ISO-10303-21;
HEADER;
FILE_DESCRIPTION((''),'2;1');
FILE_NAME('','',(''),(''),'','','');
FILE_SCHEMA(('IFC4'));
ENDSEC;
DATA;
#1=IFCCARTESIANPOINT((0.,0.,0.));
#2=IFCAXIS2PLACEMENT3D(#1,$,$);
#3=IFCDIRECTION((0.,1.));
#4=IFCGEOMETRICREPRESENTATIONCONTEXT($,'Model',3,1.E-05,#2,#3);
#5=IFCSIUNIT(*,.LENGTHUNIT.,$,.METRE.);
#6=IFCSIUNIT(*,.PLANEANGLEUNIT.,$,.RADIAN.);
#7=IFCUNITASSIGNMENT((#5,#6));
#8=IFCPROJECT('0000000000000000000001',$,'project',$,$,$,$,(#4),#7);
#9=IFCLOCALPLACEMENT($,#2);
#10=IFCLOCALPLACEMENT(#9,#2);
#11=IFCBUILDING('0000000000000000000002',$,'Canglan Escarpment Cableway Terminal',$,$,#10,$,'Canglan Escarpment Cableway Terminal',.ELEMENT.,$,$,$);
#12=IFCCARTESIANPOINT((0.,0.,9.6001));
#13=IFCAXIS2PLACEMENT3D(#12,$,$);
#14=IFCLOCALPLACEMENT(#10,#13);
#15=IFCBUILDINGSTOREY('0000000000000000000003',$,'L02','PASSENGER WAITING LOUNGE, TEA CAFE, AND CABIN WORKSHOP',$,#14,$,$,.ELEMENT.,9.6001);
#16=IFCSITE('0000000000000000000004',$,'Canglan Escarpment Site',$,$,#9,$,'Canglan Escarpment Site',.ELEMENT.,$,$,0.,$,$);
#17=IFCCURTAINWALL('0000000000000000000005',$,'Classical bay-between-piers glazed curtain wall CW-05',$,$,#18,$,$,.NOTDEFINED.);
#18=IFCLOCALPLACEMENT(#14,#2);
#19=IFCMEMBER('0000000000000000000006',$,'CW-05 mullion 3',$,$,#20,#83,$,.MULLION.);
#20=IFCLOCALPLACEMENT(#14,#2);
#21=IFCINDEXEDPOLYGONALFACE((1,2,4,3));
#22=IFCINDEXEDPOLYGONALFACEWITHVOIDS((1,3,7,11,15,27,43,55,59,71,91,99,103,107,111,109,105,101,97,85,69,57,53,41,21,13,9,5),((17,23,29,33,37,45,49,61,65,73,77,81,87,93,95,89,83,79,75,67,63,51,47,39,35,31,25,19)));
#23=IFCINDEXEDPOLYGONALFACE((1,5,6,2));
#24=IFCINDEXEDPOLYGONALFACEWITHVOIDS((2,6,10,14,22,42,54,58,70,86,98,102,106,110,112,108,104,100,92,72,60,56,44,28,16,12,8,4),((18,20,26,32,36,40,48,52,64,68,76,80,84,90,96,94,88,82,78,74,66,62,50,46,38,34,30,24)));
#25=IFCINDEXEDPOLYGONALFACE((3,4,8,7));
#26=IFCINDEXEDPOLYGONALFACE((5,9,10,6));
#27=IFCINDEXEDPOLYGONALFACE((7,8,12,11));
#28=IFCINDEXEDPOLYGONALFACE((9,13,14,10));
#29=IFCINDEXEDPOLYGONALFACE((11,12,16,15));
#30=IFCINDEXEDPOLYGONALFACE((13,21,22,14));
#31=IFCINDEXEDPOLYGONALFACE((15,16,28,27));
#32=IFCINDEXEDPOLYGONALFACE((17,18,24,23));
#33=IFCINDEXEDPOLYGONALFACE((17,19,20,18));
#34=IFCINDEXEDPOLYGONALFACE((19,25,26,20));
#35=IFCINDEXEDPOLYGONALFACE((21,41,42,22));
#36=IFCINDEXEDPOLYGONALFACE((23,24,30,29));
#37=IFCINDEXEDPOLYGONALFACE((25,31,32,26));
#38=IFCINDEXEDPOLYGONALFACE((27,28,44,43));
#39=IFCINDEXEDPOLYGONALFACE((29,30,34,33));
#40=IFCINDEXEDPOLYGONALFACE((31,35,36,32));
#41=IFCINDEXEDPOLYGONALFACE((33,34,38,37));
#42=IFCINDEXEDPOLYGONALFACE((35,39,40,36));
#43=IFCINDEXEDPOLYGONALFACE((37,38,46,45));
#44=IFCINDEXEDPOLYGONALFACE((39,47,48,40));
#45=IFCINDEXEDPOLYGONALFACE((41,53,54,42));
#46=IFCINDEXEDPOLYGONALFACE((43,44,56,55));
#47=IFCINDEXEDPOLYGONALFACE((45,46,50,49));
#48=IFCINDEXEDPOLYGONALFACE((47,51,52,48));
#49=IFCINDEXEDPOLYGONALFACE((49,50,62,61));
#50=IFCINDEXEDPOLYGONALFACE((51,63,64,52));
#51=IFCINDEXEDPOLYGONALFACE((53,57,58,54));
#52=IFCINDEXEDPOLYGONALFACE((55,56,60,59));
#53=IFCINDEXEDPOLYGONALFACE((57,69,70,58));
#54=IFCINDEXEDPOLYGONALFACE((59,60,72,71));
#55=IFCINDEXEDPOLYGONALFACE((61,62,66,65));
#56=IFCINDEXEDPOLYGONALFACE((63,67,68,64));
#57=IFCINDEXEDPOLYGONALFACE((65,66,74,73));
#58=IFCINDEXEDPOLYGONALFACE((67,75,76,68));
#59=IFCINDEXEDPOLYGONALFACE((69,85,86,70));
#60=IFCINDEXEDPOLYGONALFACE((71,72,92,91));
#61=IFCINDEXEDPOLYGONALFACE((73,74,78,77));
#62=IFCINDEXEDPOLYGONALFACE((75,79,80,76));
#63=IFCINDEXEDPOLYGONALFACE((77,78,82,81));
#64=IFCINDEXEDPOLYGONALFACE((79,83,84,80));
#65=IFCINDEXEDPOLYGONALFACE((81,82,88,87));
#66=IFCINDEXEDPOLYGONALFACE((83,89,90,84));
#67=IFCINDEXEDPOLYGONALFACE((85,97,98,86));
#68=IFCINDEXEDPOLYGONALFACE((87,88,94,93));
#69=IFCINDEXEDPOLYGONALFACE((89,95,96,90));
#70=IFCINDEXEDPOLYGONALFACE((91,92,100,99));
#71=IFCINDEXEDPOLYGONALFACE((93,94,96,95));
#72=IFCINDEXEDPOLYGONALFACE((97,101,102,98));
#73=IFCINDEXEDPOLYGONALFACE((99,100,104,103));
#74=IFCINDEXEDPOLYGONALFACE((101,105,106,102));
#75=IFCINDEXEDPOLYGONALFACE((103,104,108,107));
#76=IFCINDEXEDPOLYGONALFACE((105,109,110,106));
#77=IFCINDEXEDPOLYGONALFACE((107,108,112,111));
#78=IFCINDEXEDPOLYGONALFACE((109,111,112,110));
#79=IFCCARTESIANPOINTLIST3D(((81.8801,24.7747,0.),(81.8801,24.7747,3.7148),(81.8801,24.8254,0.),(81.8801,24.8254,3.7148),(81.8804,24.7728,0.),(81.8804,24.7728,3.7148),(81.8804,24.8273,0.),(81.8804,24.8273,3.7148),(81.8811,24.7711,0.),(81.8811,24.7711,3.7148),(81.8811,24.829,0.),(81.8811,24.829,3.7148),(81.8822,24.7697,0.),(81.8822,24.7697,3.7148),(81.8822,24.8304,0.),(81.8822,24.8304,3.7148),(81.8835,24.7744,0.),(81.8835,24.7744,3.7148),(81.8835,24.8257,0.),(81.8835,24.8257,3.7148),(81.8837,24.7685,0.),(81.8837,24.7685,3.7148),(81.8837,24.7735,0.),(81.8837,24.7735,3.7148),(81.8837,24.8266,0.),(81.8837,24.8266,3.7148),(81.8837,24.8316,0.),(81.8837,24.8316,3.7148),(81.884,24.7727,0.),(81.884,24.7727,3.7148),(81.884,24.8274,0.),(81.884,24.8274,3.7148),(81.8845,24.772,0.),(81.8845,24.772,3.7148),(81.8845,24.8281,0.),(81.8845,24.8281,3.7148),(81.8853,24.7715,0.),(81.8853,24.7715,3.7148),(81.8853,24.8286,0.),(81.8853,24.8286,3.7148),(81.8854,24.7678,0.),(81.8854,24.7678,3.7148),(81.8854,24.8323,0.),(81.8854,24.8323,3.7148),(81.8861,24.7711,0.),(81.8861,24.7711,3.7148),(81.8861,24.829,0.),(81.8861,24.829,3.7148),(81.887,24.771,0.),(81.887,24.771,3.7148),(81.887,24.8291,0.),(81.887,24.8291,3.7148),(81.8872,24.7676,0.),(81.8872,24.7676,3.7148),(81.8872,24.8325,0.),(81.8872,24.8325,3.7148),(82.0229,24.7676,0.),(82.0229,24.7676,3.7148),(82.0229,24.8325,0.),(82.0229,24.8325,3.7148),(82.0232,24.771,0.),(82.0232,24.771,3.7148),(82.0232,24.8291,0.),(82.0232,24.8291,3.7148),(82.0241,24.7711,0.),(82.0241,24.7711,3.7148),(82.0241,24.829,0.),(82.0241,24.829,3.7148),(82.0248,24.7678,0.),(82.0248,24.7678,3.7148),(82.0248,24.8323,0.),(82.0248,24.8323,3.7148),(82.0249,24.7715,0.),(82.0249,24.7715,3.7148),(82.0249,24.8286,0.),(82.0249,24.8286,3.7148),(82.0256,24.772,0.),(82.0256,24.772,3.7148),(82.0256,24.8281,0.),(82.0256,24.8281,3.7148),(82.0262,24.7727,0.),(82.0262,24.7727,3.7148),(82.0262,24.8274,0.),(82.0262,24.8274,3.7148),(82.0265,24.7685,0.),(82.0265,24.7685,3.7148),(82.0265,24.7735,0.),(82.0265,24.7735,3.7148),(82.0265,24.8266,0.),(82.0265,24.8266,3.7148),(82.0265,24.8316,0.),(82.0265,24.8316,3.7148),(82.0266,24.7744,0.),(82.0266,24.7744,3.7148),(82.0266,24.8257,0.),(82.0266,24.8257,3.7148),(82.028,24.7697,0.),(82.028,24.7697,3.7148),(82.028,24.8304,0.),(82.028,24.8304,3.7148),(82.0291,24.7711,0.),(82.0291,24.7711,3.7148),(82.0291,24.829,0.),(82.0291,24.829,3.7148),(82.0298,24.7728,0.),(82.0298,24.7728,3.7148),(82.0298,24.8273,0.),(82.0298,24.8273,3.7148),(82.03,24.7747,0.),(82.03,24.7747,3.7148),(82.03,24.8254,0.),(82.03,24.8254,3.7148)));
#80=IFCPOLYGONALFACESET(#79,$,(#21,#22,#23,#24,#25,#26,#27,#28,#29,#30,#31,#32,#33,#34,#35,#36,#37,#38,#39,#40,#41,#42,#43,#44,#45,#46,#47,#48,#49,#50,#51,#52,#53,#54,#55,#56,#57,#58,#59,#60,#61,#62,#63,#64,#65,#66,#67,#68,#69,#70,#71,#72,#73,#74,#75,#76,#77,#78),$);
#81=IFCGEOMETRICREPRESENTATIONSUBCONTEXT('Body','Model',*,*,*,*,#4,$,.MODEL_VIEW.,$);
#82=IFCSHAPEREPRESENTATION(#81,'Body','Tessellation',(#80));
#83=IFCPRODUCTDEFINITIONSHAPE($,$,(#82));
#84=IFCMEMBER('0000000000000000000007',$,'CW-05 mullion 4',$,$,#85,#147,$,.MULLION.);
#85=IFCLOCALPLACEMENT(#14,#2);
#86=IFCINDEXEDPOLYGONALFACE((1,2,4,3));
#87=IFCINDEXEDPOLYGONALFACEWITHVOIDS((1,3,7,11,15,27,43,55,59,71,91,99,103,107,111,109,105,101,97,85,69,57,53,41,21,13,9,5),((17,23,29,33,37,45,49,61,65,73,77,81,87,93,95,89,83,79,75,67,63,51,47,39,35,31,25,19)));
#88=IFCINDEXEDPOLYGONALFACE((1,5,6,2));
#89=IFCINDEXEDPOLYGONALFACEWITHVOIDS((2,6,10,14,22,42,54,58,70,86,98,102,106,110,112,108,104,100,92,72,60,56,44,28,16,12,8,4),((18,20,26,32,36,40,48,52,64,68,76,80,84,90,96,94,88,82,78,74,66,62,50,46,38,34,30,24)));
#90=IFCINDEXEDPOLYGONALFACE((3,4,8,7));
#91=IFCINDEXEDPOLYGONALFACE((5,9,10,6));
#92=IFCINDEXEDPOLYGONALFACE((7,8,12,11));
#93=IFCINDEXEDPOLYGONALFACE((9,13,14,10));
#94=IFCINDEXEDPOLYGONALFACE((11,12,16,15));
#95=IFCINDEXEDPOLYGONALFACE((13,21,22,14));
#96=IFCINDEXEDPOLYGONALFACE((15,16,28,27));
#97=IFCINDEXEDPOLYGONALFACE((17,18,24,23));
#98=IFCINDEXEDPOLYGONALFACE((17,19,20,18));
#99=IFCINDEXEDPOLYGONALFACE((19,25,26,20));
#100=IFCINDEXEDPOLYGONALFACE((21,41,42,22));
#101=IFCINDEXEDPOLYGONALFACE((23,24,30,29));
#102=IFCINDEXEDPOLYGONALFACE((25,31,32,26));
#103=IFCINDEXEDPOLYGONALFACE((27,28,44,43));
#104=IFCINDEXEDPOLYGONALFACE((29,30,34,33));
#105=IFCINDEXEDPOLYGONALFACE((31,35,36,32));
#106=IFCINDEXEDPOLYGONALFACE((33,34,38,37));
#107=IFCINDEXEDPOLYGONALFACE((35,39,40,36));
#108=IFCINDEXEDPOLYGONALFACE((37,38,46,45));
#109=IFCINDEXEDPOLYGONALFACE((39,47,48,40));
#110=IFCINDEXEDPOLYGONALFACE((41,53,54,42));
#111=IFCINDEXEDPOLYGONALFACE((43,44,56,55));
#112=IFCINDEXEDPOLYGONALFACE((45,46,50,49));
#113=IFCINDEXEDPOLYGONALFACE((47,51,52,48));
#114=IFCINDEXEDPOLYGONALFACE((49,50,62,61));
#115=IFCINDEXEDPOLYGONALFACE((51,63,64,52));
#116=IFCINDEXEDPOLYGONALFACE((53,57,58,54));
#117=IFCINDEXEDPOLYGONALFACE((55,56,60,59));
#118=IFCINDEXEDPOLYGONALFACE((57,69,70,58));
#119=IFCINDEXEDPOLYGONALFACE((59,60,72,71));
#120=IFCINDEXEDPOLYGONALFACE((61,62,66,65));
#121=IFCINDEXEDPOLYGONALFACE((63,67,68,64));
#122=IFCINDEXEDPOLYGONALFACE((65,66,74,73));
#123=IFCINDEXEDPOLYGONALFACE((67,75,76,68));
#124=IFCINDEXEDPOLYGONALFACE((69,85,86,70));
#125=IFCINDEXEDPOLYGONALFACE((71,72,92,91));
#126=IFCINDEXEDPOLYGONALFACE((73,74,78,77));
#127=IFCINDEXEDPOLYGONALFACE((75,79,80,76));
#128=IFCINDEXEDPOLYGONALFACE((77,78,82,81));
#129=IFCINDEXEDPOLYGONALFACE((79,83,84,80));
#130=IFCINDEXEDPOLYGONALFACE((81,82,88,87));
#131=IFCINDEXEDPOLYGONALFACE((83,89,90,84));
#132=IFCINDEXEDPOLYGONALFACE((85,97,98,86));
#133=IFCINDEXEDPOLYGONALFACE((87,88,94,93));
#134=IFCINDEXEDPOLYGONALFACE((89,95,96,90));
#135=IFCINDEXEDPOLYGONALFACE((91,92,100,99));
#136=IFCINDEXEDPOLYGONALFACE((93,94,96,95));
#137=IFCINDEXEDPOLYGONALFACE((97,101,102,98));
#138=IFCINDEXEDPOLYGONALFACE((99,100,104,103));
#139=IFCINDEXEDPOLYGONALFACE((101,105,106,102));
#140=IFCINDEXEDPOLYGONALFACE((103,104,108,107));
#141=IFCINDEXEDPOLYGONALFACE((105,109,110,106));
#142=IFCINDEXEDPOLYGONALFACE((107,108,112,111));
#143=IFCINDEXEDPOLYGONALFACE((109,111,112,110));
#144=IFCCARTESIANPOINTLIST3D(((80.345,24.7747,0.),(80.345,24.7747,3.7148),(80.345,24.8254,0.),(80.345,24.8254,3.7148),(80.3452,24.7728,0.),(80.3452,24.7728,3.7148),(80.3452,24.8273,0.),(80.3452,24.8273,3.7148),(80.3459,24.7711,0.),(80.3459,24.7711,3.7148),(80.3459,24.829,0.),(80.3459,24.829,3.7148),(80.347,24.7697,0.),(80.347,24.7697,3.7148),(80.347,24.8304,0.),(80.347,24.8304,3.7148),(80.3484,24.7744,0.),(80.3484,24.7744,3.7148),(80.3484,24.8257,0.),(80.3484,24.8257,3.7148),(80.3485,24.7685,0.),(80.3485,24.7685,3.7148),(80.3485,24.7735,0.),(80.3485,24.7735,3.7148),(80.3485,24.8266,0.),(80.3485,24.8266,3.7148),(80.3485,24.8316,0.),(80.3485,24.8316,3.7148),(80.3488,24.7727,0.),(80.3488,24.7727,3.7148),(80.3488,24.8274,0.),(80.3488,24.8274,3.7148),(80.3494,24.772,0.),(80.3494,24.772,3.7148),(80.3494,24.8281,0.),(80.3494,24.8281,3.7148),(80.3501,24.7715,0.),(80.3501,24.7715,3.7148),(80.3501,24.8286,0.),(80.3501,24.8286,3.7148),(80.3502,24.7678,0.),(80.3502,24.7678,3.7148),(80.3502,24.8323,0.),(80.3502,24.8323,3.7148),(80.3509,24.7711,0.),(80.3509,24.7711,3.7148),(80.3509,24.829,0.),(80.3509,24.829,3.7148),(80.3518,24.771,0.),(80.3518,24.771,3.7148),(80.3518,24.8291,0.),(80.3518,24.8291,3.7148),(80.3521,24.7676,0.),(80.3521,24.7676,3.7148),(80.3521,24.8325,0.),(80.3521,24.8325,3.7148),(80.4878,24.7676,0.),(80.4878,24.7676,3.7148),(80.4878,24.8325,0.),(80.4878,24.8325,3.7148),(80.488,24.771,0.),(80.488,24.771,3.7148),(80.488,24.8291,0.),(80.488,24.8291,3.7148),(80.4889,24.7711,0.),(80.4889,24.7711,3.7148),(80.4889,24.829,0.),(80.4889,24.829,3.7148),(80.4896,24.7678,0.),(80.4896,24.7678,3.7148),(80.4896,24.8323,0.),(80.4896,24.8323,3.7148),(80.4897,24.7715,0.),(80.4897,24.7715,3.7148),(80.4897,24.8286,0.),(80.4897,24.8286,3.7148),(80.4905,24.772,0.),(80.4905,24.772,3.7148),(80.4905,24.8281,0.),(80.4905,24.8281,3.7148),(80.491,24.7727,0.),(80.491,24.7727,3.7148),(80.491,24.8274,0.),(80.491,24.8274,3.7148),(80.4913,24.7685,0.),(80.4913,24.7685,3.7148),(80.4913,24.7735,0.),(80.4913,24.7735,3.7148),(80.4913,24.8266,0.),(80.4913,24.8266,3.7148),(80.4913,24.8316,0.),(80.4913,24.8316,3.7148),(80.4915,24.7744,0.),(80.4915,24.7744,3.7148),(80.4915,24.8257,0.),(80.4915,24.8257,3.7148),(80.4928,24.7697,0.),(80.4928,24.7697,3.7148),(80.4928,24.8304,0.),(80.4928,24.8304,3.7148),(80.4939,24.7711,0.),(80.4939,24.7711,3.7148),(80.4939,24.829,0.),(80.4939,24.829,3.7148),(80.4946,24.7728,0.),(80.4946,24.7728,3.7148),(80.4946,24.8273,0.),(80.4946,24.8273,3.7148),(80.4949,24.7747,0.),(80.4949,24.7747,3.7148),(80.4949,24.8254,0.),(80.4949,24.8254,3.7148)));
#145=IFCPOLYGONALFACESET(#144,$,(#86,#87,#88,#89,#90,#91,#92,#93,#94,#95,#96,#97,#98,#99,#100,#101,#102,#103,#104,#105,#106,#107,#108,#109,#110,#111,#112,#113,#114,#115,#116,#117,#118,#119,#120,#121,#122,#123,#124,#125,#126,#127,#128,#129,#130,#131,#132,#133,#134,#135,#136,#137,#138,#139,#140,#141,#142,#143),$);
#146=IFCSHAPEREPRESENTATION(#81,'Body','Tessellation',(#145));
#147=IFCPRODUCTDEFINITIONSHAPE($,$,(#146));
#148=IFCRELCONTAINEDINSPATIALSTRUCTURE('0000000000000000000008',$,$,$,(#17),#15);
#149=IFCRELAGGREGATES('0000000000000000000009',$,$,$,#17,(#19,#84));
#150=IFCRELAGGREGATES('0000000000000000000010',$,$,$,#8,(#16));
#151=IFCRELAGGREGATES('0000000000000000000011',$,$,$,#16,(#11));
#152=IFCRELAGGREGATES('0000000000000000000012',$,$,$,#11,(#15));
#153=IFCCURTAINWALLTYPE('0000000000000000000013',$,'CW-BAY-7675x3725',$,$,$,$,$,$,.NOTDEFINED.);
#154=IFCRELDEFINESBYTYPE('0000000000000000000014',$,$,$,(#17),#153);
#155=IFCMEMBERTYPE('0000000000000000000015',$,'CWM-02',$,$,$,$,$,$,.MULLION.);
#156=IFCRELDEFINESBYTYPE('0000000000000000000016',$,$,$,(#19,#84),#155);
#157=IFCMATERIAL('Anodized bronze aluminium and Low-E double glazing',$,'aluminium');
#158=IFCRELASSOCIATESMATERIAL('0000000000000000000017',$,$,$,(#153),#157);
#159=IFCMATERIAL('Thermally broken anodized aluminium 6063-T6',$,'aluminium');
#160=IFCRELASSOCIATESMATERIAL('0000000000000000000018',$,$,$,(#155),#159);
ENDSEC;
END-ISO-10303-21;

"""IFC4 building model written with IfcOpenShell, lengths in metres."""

from ifc_helpers import new_model, si_unit, direction, frame, origin, origin_2d, place, context, subcontext, project, spatial, hollow_rectangle, extrude, material, material_profile, profile_set, type_object, element, aggregate, save


model = new_model("IFC4")

# Units and contexts
model_context = context("Model", 3, precision=1e-05, world=origin(), true_north=direction((0.0, 1.0)))
body_context = subcontext(model_context, "Body", "Model", "MODEL_VIEW")
ifc_project = project(units=[si_unit("LENGTHUNIT", "METRE"), si_unit("PLANEANGLEUNIT", "RADIAN")], contexts=[model_context])

# Site, building, storey
site_placement = place(None, origin())
site = spatial("IfcSite", under=ifc_project, at=site_placement, Name="Canglan Escarpment Site", LongName="Canglan Escarpment Site", CompositionType="ELEMENT", RefElevation=0.0)
building_placement = place(site_placement, origin())
building = spatial("IfcBuilding", under=site, at=building_placement, Name="Canglan Escarpment Cableway Terminal", LongName="Canglan Escarpment Cableway Terminal", CompositionType="ELEMENT")
storey_placement = place(building_placement, frame((0.0, 0.0, 9.6001)))
storey = spatial("IfcBuildingStorey", under=building, at=storey_placement, Name="L02", Description="PASSENGER WAITING LOUNGE, TEA CAFE, AND CABIN WORKSHOP", CompositionType="ELEMENT", Elevation=9.6001)

# Curtain wall, members
ifc_material_1 = material(Name="Anodized bronze aluminium and Low-E double glazing", Category="aluminium")
curtain_wall_type = type_object("IfcCurtainWallType", Name="CW-BAY-7675x3725", PredefinedType="NOTDEFINED", material=ifc_material_1)
curtain_wall_placement = place(storey_placement, origin())
curtain_wall = element("IfcCurtainWall", 1, at=curtain_wall_placement, inside=storey, type_object=curtain_wall_type, Name="Classical bay-between-piers glazed curtain wall CW-05", PredefinedType="NOTDEFINED")
ifc_material_2 = material(Name="Thermally broken anodized aluminium 6063-T6", Category="aluminium")
ifc_material_profile_1 = material_profile(ifc_material_2, hollow_rectangle(XDim=0.0649, YDim=0.1499, WallThickness=0.0034, InnerFilletRadius=0.0034, OuterFilletRadius=0.0071, at=origin_2d()), Name="ALU-MULL 65x150x3.5")
ifc_profile_set_1 = profile_set([ifc_material_profile_1], Name="Thermally broken anodized aluminium 6063-T6")
member_type_1 = type_object("IfcMemberType", Name="CWM-02", PredefinedType="MULLION", material=ifc_profile_set_1)
member_1_placement = place(storey_placement, frame((81.9551, 24.8, 0.0), z_axis=(0.0, 0.0, 1.0), x_axis=(0.0, -1.0, 0.0)))
member_1 = element("IfcMember", 2, at=member_1_placement, type_object=member_type_1, Name="CW-05 mullion 3", PredefinedType="MULLION", context=body_context, shape_type="SweptSolid", body=[
    extrude(hollow_rectangle(XDim=0.0649, YDim=0.1499, WallThickness=0.0034, InnerFilletRadius=0.0034, OuterFilletRadius=0.0071, at=origin_2d()), origin(), (0.0, 0.0, 1.0), 3.7148),
])
member_2_placement = place(storey_placement, frame((80.4199, 24.8, 0.0), z_axis=(0.0, 0.0, 1.0), x_axis=(0.0, -1.0, 0.0)))
member_2 = element("IfcMember", 3, at=member_2_placement, type_object=member_type_1, Name="CW-05 mullion 4", PredefinedType="MULLION", context=body_context, shape_type="SweptSolid", body=[
    extrude(hollow_rectangle(XDim=0.0649, YDim=0.1499, WallThickness=0.0034, InnerFilletRadius=0.0034, OuterFilletRadius=0.0071, at=origin_2d()), origin(), (0.0, 0.0, 1.0), 3.7148),
])

aggregate(curtain_wall, [member_1, member_2])

save(model, "model.ifc")
